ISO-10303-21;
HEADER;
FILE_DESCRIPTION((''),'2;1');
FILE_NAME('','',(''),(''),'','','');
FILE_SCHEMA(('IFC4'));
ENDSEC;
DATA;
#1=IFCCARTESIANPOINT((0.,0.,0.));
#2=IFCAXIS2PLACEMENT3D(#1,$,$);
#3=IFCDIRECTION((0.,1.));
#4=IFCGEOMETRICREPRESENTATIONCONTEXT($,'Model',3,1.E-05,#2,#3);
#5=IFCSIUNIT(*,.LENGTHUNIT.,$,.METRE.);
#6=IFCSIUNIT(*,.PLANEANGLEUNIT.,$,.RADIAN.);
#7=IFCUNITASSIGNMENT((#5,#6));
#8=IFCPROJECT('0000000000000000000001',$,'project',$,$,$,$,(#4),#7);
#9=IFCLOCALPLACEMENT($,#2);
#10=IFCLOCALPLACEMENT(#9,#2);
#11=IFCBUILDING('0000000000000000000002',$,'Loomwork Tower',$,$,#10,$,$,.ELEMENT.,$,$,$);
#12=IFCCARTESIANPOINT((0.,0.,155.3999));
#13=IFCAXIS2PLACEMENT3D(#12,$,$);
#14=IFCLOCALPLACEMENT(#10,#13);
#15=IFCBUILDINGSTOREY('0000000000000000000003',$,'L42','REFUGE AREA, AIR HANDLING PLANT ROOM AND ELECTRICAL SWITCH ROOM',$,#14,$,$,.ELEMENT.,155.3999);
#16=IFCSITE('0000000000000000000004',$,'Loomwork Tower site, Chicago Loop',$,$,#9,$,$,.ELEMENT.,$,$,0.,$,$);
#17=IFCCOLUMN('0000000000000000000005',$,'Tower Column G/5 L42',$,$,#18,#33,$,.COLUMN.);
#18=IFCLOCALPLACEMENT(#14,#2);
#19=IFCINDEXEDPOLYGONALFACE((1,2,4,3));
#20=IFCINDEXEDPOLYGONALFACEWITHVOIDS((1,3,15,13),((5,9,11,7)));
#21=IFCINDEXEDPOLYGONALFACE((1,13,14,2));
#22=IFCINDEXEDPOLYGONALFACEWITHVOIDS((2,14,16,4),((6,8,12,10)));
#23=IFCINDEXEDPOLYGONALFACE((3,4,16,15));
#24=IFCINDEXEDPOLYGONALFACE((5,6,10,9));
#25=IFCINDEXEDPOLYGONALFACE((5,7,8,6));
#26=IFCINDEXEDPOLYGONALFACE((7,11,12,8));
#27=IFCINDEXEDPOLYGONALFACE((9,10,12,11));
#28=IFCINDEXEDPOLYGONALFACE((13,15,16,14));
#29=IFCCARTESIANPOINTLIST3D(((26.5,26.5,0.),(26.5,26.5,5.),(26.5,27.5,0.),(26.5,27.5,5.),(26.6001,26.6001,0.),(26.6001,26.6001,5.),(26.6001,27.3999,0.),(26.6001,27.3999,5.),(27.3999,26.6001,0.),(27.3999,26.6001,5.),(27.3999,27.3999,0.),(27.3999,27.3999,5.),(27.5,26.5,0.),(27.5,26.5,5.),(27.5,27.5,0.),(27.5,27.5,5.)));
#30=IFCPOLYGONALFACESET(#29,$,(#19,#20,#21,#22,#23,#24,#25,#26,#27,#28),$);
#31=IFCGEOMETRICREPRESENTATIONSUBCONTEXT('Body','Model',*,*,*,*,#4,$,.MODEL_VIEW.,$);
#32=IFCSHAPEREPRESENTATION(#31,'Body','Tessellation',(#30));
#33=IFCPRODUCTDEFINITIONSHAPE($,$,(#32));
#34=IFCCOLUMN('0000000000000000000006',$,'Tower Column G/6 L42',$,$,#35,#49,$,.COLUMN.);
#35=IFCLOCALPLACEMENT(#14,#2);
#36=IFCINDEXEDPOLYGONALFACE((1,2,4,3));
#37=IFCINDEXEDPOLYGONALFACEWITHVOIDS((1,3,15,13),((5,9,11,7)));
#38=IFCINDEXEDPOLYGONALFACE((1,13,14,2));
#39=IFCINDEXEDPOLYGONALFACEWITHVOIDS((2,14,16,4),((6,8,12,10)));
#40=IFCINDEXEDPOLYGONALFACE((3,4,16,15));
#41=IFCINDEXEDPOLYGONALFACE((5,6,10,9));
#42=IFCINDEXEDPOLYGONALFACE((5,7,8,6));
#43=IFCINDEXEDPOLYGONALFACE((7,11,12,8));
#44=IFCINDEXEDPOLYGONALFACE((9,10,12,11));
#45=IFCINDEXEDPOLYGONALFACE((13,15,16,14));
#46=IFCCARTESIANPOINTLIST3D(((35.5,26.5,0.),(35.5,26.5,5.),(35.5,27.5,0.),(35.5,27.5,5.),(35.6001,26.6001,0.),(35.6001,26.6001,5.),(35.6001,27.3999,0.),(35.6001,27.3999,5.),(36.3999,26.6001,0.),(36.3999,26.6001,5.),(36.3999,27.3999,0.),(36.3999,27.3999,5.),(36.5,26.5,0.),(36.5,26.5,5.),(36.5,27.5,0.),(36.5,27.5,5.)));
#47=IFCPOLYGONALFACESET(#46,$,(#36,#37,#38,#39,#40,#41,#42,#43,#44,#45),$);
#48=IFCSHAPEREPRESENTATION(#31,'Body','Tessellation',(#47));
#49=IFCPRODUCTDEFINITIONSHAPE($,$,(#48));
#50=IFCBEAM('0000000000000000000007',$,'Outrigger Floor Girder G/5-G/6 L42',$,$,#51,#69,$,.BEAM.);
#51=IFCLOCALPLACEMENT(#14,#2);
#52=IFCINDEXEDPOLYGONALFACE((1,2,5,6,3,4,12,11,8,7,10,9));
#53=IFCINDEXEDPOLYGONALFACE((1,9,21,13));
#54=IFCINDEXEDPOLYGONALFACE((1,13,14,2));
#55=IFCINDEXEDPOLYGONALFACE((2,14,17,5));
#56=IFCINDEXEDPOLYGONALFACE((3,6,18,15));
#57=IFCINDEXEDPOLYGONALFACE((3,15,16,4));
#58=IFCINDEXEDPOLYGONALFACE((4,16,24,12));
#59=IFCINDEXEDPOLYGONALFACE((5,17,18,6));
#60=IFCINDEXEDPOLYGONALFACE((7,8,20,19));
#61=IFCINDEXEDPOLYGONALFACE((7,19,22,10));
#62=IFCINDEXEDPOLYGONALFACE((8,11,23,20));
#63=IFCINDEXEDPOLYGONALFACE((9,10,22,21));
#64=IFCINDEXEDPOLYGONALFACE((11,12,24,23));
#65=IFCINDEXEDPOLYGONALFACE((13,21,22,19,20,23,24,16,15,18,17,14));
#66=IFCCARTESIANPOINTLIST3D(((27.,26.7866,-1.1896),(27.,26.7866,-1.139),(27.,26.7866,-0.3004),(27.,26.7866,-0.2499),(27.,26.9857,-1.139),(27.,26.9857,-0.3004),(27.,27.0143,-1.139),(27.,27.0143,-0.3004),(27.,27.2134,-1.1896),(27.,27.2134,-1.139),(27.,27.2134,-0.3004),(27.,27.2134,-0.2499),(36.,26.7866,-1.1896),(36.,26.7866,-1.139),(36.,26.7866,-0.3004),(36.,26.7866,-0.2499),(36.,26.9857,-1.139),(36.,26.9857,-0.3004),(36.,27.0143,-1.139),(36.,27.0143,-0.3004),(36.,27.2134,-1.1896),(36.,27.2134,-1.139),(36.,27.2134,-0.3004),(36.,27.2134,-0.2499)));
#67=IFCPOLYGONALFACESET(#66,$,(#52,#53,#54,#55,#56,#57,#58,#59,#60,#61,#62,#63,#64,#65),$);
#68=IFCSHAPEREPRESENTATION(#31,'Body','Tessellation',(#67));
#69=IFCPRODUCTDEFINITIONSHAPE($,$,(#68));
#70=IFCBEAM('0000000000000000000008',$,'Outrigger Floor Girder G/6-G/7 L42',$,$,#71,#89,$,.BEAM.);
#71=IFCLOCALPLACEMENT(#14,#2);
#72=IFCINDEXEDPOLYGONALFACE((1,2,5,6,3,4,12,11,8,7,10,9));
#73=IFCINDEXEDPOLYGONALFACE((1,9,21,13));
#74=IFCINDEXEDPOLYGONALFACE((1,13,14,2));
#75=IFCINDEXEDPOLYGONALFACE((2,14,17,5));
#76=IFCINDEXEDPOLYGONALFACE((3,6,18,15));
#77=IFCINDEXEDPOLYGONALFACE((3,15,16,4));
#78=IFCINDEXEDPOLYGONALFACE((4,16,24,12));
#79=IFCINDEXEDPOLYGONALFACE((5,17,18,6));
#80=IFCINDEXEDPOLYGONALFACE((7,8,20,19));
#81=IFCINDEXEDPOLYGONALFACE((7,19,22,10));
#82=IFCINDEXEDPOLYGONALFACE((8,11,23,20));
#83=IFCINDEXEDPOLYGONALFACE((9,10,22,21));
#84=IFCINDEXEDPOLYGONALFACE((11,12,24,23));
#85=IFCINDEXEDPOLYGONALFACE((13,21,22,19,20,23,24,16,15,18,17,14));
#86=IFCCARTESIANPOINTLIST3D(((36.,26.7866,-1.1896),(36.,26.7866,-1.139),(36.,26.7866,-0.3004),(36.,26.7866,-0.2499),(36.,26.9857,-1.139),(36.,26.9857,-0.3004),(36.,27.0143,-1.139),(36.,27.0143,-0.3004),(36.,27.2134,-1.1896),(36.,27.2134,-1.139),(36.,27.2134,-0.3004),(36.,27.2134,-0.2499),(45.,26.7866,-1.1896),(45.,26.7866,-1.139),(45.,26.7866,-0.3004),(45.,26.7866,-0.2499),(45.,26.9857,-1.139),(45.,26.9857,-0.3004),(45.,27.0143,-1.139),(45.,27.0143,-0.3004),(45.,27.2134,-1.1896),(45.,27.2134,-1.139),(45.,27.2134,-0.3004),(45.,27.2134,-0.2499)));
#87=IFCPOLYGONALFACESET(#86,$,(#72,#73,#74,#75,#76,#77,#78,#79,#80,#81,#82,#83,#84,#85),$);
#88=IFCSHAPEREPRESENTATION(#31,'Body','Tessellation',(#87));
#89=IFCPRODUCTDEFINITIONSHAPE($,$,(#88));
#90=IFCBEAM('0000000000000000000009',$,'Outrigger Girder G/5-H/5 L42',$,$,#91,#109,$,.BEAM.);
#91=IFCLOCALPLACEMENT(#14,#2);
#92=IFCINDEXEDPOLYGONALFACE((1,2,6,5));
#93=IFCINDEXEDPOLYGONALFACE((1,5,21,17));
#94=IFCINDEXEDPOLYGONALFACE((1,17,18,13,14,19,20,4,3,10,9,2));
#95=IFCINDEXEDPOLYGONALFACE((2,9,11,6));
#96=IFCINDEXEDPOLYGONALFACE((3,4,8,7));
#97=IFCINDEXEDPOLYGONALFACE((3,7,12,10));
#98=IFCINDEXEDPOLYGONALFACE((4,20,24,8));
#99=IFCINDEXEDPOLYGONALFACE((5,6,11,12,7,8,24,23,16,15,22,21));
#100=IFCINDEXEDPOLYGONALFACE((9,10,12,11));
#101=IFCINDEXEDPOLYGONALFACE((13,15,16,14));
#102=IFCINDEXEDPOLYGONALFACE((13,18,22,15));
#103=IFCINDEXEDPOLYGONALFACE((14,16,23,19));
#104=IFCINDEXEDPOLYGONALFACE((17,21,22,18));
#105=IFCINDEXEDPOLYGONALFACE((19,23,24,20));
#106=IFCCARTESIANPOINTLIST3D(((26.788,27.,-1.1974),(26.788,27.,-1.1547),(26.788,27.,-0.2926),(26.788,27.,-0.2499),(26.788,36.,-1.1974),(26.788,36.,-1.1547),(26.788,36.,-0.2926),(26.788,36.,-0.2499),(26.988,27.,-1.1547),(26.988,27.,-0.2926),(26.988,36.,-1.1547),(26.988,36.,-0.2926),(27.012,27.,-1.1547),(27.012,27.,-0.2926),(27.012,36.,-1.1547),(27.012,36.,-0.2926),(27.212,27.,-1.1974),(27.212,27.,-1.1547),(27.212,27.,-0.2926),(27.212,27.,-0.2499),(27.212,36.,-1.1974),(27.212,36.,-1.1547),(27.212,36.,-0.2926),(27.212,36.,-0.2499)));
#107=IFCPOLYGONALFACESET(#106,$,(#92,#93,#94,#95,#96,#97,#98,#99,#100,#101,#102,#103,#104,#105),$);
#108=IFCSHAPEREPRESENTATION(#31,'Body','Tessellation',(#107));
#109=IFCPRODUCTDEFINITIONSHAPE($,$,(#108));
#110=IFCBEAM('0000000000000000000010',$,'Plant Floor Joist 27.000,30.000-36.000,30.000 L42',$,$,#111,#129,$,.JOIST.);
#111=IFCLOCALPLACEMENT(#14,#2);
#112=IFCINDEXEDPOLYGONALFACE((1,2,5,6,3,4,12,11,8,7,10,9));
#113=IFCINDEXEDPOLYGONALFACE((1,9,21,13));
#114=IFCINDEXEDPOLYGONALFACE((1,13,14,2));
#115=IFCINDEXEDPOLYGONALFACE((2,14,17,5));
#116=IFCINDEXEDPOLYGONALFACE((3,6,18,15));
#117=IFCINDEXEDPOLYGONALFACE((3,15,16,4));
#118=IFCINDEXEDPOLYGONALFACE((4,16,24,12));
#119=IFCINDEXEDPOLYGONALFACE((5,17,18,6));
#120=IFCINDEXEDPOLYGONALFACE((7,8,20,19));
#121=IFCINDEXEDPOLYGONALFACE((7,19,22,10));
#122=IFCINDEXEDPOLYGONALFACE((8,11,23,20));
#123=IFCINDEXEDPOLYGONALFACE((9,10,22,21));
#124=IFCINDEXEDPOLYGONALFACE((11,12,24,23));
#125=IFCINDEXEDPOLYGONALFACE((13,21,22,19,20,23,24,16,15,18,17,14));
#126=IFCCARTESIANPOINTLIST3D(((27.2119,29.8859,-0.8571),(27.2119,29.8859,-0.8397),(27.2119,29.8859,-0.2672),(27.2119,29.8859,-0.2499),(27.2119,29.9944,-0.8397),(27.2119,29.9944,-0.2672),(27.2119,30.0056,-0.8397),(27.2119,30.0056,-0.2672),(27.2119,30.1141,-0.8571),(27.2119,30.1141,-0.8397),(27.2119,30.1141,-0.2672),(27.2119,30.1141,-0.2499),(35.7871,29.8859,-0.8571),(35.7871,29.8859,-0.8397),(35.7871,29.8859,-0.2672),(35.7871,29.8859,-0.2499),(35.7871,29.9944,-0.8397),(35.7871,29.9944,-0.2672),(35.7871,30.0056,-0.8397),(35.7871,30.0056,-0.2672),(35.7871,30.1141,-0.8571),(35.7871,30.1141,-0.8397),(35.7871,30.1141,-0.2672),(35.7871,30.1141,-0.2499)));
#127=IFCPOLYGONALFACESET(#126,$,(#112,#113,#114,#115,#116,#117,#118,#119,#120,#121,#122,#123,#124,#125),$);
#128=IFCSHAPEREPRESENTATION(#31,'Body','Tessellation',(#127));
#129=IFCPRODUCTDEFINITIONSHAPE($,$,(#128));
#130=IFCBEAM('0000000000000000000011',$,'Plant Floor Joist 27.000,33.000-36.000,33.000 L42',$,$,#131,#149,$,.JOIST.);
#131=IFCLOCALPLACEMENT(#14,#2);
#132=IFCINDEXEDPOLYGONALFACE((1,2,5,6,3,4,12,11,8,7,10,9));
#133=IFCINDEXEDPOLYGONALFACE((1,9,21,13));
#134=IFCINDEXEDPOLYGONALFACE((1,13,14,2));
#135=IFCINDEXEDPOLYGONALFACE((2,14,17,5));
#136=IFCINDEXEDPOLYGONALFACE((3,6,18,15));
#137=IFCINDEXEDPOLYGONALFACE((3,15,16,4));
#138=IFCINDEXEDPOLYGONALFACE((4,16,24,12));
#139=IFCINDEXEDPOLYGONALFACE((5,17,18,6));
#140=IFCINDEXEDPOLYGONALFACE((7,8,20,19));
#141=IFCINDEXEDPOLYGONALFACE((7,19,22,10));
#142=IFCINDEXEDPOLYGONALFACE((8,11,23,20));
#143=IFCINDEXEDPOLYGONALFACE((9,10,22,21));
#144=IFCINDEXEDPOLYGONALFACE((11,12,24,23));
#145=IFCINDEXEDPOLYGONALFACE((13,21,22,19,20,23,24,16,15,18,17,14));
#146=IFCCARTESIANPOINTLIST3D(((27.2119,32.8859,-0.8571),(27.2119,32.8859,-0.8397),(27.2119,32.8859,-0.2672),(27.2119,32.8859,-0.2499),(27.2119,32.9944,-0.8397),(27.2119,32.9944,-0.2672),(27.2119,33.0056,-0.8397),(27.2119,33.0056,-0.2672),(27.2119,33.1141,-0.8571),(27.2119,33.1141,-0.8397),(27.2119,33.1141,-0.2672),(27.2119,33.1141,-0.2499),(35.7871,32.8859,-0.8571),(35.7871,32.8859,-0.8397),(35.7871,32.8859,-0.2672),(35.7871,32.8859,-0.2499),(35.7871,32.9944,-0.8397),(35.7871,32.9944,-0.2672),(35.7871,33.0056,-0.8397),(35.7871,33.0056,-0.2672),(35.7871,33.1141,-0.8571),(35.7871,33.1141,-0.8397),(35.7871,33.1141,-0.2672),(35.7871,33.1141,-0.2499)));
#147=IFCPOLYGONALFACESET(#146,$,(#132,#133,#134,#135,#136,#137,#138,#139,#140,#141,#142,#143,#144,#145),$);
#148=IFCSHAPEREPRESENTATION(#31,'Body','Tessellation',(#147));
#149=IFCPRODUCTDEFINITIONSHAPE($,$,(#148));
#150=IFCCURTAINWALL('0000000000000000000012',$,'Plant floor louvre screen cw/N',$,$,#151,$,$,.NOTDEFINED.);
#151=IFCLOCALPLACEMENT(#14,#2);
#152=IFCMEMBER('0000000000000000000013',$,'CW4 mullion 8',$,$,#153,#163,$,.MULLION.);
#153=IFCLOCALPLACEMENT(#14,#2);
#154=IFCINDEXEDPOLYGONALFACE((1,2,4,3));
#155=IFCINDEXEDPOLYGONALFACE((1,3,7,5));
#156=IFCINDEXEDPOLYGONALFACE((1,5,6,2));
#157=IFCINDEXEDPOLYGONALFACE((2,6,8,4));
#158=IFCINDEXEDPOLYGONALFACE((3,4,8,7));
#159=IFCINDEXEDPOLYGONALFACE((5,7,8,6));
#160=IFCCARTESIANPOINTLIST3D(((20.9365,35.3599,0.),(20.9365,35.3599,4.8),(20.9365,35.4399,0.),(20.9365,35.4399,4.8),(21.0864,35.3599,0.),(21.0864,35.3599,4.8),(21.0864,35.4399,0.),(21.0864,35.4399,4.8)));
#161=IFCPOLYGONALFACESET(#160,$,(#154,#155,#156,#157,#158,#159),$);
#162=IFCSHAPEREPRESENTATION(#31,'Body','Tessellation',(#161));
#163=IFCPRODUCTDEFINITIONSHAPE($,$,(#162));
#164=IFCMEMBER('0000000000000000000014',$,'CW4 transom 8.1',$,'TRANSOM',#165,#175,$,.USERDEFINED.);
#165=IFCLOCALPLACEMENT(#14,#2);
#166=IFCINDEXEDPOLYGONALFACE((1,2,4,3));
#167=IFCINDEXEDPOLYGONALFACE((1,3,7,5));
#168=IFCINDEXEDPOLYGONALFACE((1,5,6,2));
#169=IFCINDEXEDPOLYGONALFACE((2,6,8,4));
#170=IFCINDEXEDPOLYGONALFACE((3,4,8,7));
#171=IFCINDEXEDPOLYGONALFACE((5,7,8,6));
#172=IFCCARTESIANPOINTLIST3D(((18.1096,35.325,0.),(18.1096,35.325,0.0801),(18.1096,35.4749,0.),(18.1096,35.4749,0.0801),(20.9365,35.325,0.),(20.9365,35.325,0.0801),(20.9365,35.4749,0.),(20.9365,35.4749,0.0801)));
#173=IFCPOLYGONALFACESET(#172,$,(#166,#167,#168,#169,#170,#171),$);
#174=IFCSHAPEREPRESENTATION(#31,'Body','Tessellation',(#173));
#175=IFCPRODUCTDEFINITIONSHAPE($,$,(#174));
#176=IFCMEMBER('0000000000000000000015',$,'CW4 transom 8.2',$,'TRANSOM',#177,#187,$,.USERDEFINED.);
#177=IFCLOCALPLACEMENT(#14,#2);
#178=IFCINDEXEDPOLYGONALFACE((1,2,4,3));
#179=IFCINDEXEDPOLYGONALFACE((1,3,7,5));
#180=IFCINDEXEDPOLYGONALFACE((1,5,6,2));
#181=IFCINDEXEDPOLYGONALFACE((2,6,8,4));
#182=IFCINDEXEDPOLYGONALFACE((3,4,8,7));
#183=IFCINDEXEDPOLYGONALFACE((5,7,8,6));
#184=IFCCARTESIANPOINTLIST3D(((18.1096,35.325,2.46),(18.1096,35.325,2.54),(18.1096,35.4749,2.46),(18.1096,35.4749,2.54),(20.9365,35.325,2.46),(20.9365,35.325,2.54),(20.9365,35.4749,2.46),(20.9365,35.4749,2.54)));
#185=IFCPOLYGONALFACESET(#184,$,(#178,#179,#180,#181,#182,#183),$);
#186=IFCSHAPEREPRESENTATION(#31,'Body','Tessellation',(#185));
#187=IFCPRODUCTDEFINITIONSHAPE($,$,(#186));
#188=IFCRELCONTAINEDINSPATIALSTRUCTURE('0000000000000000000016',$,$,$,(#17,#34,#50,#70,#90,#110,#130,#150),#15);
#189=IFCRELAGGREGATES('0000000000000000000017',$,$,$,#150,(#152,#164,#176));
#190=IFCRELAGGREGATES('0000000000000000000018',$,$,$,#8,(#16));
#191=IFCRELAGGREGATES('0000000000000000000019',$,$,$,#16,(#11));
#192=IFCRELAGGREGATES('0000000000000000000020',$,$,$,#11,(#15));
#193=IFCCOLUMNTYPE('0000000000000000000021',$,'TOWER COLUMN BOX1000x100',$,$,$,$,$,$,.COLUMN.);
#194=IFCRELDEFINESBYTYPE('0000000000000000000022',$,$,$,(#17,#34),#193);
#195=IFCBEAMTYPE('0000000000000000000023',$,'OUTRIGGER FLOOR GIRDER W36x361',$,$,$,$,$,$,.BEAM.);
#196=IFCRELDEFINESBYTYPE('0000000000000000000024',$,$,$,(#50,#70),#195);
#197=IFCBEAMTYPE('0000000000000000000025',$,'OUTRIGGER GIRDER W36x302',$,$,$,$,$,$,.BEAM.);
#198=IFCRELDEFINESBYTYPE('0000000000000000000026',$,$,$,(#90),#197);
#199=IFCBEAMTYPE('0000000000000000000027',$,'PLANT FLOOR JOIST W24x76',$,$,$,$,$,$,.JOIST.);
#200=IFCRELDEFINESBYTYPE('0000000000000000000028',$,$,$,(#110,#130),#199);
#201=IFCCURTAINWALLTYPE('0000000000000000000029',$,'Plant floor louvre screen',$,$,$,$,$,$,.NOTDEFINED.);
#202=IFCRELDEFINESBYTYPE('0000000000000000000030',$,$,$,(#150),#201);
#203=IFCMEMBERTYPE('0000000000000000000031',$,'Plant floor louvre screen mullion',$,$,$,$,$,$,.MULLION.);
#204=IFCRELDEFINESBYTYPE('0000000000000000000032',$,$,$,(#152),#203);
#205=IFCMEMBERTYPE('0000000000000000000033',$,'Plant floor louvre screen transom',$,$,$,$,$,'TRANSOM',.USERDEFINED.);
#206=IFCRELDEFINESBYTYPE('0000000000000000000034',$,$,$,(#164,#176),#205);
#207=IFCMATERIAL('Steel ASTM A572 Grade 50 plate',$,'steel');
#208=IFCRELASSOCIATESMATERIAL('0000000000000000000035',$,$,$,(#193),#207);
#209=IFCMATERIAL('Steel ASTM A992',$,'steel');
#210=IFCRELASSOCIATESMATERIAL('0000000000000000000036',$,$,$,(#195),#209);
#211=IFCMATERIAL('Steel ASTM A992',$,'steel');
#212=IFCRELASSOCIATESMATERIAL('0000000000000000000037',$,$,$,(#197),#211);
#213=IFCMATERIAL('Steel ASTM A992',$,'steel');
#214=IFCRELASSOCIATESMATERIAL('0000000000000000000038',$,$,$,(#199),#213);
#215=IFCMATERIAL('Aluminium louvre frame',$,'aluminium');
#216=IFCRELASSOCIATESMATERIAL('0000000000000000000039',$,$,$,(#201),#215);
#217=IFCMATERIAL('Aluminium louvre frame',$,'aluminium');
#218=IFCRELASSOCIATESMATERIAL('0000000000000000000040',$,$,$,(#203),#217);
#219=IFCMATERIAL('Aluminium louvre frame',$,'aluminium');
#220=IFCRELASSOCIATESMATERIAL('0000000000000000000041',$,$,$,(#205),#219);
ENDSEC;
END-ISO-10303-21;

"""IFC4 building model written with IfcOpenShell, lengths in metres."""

from ifc_helpers import new_model, si_unit, direction, frame, origin, origin_2d, place, context, subcontext, project, spatial, rectangle, hollow_rectangle, i_section, extrude, material, material_profile, profile_set, type_object, element, aggregate, save


model = new_model("IFC4")

# Units and contexts
model_context = context("Model", 3, precision=1e-05, world=origin(), true_north=direction((0.0, 1.0)))
body_context = subcontext(model_context, "Body", "Model", "MODEL_VIEW")
ifc_project = project(units=[si_unit("LENGTHUNIT", "METRE"), si_unit("PLANEANGLEUNIT", "RADIAN")], contexts=[model_context])

# Site, building, storey
site_placement = place(None, origin())
site = spatial("IfcSite", under=ifc_project, at=site_placement, Name="Loomwork Tower site, Chicago Loop", CompositionType="ELEMENT", RefElevation=0.0)
building_placement = place(site_placement, origin())
building = spatial("IfcBuilding", under=site, at=building_placement, Name="Loomwork Tower", CompositionType="ELEMENT")
storey_placement = place(building_placement, frame((0.0, 0.0, 155.3999)))
storey = spatial("IfcBuildingStorey", under=building, at=storey_placement, Name="L42", Description="REFUGE AREA, AIR HANDLING PLANT ROOM AND ELECTRICAL SWITCH ROOM", CompositionType="ELEMENT", Elevation=155.3999)

# Columns
ifc_material_1 = material(Name="Steel ASTM A572 Grade 50 plate", Category="steel")
ifc_material_profile_1 = material_profile(ifc_material_1, hollow_rectangle(XDim=1.0, YDim=1.0, WallThickness=0.1001, at=origin_2d()), Name="BOX1000x100")
ifc_profile_set_1 = profile_set([ifc_material_profile_1], Name="Steel ASTM A572 Grade 50 plate")
column_type = type_object("IfcColumnType", Name="TOWER COLUMN BOX1000x100", PredefinedType="COLUMN", material=ifc_profile_set_1)
for number, where, z_axis, x_axis, name in (
    (1, (27.0, 27.0, 0.0), (0.0, 0.0, 1.0), (1.0, 0.0, 0.0), "Tower Column G/5 L42"),
    (2, (36.0, 27.0, 0.0), (0.0, 0.0, 1.0), (1.0, 0.0, 0.0), "Tower Column G/6 L42"),
):
    element("IfcColumn", number, at=place(storey_placement, frame(where, z_axis=z_axis, x_axis=x_axis)), inside=storey, type_object=column_type, Name=name, PredefinedType="COLUMN", context=body_context, shape_type="SweptSolid", body=[
        extrude(hollow_rectangle(XDim=1.0, YDim=1.0, WallThickness=0.1001, at=origin_2d()), origin(), (0.0, 0.0, 1.0), 5.0),
    ])

# Beams
ifc_material_2 = material(Name="Steel ASTM A992", Category="steel")
ifc_material_profile_2 = material_profile(ifc_material_2, i_section(OverallWidth=0.4268, OverallDepth=0.9397, WebThickness=0.0286, FlangeThickness=0.0505, at=origin_2d()), Name="W36x361")
ifc_profile_set_2 = profile_set([ifc_material_profile_2], Name="Steel ASTM A992")
beam_type_1 = type_object("IfcBeamType", Name="OUTRIGGER FLOOR GIRDER W36x361", PredefinedType="BEAM", material=ifc_profile_set_2)
for number, where, z_axis, x_axis, name in (
    (3, (27.0, 27.0, -0.7197), (1.0, 0.0, 0.0), (0.0, 1.0, 0.0), "Outrigger Floor Girder G/5-G/6 L42"),
    (4, (36.0, 27.0, -0.7197), (1.0, 0.0, 0.0), (0.0, 1.0, 0.0), "Outrigger Floor Girder G/6-G/7 L42"),
):
    element("IfcBeam", number, at=place(storey_placement, frame(where, z_axis=z_axis, x_axis=x_axis)), inside=storey, type_object=beam_type_1, Name=name, PredefinedType="BEAM", context=body_context, shape_type="SweptSolid", body=[
        extrude(i_section(OverallWidth=0.4268, OverallDepth=0.9397, WebThickness=0.0286, FlangeThickness=0.0505, at=origin_2d()), origin(), (0.0, 0.0, 1.0), 9.0),
    ])
ifc_material_3 = material(Name="Steel ASTM A992", Category="steel")
ifc_material_profile_3 = material_profile(ifc_material_3, i_section(OverallWidth=0.4241, OverallDepth=0.9475, WebThickness=0.0239, FlangeThickness=0.0427, at=origin_2d()), Name="W36x302")
ifc_profile_set_3 = profile_set([ifc_material_profile_3], Name="Steel ASTM A992")
beam_type_2 = type_object("IfcBeamType", Name="OUTRIGGER GIRDER W36x302", PredefinedType="BEAM", material=ifc_profile_set_3)
beam_placement = place(storey_placement, frame((27.0, 27.0, -0.7236), z_axis=(0.0, 1.0, 0.0), x_axis=(-1.0, 0.0, 0.0)))
element("IfcBeam", 5, at=beam_placement, inside=storey, type_object=beam_type_2, Name="Outrigger Girder G/5-H/5 L42", PredefinedType="BEAM", context=body_context, shape_type="SweptSolid", body=[
    extrude(i_section(OverallWidth=0.4241, OverallDepth=0.9475, WebThickness=0.0239, FlangeThickness=0.0427, at=origin_2d()), origin(), (0.0, 0.0, 1.0), 9.0),
])
ifc_material_4 = material(Name="Steel ASTM A992", Category="steel")
ifc_material_profile_4 = material_profile(ifc_material_4, i_section(OverallWidth=0.2283, OverallDepth=0.6072, WebThickness=0.0112, FlangeThickness=0.0173, at=origin_2d()), Name="W24x76")
ifc_profile_set_4 = profile_set([ifc_material_profile_4], Name="Steel ASTM A992")
beam_type_3 = type_object("IfcBeamType", Name="PLANT FLOOR JOIST W24x76", PredefinedType="JOIST", material=ifc_profile_set_4)
for number, where, z_axis, x_axis, name in (
    (6, (27.2119, 30.0, -0.5535), (1.0, 0.0, 0.0), (0.0, 1.0, 0.0), "Plant Floor Joist 27.000,30.000-36.000,30.000 L42"),
    (7, (27.2119, 33.0, -0.5535), (1.0, 0.0, 0.0), (0.0, 1.0, 0.0), "Plant Floor Joist 27.000,33.000-36.000,33.000 L42"),
):
    element("IfcBeam", number, at=place(storey_placement, frame(where, z_axis=z_axis, x_axis=x_axis)), inside=storey, type_object=beam_type_3, Name=name, PredefinedType="JOIST", context=body_context, shape_type="SweptSolid", body=[
        extrude(i_section(OverallWidth=0.2283, OverallDepth=0.6072, WebThickness=0.0112, FlangeThickness=0.0173, at=origin_2d()), origin(), (0.0, 0.0, 1.0), 8.5752),
    ])

# Curtain wall, members
ifc_material_5 = material(Name="Aluminium louvre frame", Category="aluminium")
curtain_wall_type = type_object("IfcCurtainWallType", Name="Plant floor louvre screen", PredefinedType="NOTDEFINED", material=ifc_material_5)
curtain_wall_placement = place(storey_placement, origin())
curtain_wall = element("IfcCurtainWall", 8, at=curtain_wall_placement, inside=storey, type_object=curtain_wall_type, Name="Plant floor louvre screen cw/N", PredefinedType="NOTDEFINED")
ifc_material_6 = material(Name="Aluminium louvre frame", Category="aluminium")
ifc_material_profile_5 = material_profile(ifc_material_6, rectangle(XDim=0.0801, YDim=0.1499, at=origin_2d()), Name="AL 80x150")
ifc_profile_set_5 = profile_set([ifc_material_profile_5], Name="Aluminium louvre frame")
member_type_1 = type_object("IfcMemberType", Name="Plant floor louvre screen mullion", PredefinedType="MULLION", material=ifc_profile_set_5)
member_1_placement = place(storey_placement, frame((21.0115, 35.3999, 0.0), z_axis=(0.0, 0.0, 1.0), x_axis=(0.0, -1.0, 0.0)))
member_1 = element("IfcMember", 9, at=member_1_placement, type_object=member_type_1, Name="CW4 mullion 8", PredefinedType="MULLION", context=body_context, shape_type="SweptSolid", body=[
    extrude(rectangle(XDim=0.0801, YDim=0.1499, at=origin_2d()), origin(), (0.0, 0.0, 1.0), 4.8),
])
ifc_material_7 = material(Name="Aluminium louvre frame", Category="aluminium")
ifc_material_profile_6 = material_profile(ifc_material_7, rectangle(XDim=0.1499, YDim=0.0801, at=origin_2d()), Name="AL 80x150")
ifc_profile_set_6 = profile_set([ifc_material_profile_6], Name="Aluminium louvre frame")
member_type_2 = type_object("IfcMemberType", Name="Plant floor louvre screen transom", ElementType="TRANSOM", PredefinedType="USERDEFINED", material=ifc_profile_set_6)
member_2_placement = place(storey_placement, frame((20.9365, 35.3999, 0.04), z_axis=(-1.0, 0.0, 0.0), x_axis=(0.0, -1.0, 0.0)))
member_2 = element("IfcMember", 10, at=member_2_placement, type_object=member_type_2, Name="CW4 transom 8.1", ObjectType="TRANSOM", PredefinedType="USERDEFINED", context=body_context, shape_type="SweptSolid", body=[
    extrude(rectangle(XDim=0.1499, YDim=0.0801, at=origin_2d()), origin(), (0.0, 0.0, 1.0), 2.8269),
])
member_3_placement = place(storey_placement, frame((20.9365, 35.3999, 2.5), z_axis=(-1.0, 0.0, 0.0), x_axis=(0.0, -1.0, 0.0)))
member_3 = element("IfcMember", 11, at=member_3_placement, type_object=member_type_2, Name="CW4 transom 8.2", ObjectType="TRANSOM", PredefinedType="USERDEFINED", context=body_context, shape_type="SweptSolid", body=[
    extrude(rectangle(XDim=0.1499, YDim=0.0801, at=origin_2d()), origin(), (0.0, 0.0, 1.0), 2.8269),
])

aggregate(curtain_wall, [member_1, member_2, member_3])

save(model, "model.ifc")
